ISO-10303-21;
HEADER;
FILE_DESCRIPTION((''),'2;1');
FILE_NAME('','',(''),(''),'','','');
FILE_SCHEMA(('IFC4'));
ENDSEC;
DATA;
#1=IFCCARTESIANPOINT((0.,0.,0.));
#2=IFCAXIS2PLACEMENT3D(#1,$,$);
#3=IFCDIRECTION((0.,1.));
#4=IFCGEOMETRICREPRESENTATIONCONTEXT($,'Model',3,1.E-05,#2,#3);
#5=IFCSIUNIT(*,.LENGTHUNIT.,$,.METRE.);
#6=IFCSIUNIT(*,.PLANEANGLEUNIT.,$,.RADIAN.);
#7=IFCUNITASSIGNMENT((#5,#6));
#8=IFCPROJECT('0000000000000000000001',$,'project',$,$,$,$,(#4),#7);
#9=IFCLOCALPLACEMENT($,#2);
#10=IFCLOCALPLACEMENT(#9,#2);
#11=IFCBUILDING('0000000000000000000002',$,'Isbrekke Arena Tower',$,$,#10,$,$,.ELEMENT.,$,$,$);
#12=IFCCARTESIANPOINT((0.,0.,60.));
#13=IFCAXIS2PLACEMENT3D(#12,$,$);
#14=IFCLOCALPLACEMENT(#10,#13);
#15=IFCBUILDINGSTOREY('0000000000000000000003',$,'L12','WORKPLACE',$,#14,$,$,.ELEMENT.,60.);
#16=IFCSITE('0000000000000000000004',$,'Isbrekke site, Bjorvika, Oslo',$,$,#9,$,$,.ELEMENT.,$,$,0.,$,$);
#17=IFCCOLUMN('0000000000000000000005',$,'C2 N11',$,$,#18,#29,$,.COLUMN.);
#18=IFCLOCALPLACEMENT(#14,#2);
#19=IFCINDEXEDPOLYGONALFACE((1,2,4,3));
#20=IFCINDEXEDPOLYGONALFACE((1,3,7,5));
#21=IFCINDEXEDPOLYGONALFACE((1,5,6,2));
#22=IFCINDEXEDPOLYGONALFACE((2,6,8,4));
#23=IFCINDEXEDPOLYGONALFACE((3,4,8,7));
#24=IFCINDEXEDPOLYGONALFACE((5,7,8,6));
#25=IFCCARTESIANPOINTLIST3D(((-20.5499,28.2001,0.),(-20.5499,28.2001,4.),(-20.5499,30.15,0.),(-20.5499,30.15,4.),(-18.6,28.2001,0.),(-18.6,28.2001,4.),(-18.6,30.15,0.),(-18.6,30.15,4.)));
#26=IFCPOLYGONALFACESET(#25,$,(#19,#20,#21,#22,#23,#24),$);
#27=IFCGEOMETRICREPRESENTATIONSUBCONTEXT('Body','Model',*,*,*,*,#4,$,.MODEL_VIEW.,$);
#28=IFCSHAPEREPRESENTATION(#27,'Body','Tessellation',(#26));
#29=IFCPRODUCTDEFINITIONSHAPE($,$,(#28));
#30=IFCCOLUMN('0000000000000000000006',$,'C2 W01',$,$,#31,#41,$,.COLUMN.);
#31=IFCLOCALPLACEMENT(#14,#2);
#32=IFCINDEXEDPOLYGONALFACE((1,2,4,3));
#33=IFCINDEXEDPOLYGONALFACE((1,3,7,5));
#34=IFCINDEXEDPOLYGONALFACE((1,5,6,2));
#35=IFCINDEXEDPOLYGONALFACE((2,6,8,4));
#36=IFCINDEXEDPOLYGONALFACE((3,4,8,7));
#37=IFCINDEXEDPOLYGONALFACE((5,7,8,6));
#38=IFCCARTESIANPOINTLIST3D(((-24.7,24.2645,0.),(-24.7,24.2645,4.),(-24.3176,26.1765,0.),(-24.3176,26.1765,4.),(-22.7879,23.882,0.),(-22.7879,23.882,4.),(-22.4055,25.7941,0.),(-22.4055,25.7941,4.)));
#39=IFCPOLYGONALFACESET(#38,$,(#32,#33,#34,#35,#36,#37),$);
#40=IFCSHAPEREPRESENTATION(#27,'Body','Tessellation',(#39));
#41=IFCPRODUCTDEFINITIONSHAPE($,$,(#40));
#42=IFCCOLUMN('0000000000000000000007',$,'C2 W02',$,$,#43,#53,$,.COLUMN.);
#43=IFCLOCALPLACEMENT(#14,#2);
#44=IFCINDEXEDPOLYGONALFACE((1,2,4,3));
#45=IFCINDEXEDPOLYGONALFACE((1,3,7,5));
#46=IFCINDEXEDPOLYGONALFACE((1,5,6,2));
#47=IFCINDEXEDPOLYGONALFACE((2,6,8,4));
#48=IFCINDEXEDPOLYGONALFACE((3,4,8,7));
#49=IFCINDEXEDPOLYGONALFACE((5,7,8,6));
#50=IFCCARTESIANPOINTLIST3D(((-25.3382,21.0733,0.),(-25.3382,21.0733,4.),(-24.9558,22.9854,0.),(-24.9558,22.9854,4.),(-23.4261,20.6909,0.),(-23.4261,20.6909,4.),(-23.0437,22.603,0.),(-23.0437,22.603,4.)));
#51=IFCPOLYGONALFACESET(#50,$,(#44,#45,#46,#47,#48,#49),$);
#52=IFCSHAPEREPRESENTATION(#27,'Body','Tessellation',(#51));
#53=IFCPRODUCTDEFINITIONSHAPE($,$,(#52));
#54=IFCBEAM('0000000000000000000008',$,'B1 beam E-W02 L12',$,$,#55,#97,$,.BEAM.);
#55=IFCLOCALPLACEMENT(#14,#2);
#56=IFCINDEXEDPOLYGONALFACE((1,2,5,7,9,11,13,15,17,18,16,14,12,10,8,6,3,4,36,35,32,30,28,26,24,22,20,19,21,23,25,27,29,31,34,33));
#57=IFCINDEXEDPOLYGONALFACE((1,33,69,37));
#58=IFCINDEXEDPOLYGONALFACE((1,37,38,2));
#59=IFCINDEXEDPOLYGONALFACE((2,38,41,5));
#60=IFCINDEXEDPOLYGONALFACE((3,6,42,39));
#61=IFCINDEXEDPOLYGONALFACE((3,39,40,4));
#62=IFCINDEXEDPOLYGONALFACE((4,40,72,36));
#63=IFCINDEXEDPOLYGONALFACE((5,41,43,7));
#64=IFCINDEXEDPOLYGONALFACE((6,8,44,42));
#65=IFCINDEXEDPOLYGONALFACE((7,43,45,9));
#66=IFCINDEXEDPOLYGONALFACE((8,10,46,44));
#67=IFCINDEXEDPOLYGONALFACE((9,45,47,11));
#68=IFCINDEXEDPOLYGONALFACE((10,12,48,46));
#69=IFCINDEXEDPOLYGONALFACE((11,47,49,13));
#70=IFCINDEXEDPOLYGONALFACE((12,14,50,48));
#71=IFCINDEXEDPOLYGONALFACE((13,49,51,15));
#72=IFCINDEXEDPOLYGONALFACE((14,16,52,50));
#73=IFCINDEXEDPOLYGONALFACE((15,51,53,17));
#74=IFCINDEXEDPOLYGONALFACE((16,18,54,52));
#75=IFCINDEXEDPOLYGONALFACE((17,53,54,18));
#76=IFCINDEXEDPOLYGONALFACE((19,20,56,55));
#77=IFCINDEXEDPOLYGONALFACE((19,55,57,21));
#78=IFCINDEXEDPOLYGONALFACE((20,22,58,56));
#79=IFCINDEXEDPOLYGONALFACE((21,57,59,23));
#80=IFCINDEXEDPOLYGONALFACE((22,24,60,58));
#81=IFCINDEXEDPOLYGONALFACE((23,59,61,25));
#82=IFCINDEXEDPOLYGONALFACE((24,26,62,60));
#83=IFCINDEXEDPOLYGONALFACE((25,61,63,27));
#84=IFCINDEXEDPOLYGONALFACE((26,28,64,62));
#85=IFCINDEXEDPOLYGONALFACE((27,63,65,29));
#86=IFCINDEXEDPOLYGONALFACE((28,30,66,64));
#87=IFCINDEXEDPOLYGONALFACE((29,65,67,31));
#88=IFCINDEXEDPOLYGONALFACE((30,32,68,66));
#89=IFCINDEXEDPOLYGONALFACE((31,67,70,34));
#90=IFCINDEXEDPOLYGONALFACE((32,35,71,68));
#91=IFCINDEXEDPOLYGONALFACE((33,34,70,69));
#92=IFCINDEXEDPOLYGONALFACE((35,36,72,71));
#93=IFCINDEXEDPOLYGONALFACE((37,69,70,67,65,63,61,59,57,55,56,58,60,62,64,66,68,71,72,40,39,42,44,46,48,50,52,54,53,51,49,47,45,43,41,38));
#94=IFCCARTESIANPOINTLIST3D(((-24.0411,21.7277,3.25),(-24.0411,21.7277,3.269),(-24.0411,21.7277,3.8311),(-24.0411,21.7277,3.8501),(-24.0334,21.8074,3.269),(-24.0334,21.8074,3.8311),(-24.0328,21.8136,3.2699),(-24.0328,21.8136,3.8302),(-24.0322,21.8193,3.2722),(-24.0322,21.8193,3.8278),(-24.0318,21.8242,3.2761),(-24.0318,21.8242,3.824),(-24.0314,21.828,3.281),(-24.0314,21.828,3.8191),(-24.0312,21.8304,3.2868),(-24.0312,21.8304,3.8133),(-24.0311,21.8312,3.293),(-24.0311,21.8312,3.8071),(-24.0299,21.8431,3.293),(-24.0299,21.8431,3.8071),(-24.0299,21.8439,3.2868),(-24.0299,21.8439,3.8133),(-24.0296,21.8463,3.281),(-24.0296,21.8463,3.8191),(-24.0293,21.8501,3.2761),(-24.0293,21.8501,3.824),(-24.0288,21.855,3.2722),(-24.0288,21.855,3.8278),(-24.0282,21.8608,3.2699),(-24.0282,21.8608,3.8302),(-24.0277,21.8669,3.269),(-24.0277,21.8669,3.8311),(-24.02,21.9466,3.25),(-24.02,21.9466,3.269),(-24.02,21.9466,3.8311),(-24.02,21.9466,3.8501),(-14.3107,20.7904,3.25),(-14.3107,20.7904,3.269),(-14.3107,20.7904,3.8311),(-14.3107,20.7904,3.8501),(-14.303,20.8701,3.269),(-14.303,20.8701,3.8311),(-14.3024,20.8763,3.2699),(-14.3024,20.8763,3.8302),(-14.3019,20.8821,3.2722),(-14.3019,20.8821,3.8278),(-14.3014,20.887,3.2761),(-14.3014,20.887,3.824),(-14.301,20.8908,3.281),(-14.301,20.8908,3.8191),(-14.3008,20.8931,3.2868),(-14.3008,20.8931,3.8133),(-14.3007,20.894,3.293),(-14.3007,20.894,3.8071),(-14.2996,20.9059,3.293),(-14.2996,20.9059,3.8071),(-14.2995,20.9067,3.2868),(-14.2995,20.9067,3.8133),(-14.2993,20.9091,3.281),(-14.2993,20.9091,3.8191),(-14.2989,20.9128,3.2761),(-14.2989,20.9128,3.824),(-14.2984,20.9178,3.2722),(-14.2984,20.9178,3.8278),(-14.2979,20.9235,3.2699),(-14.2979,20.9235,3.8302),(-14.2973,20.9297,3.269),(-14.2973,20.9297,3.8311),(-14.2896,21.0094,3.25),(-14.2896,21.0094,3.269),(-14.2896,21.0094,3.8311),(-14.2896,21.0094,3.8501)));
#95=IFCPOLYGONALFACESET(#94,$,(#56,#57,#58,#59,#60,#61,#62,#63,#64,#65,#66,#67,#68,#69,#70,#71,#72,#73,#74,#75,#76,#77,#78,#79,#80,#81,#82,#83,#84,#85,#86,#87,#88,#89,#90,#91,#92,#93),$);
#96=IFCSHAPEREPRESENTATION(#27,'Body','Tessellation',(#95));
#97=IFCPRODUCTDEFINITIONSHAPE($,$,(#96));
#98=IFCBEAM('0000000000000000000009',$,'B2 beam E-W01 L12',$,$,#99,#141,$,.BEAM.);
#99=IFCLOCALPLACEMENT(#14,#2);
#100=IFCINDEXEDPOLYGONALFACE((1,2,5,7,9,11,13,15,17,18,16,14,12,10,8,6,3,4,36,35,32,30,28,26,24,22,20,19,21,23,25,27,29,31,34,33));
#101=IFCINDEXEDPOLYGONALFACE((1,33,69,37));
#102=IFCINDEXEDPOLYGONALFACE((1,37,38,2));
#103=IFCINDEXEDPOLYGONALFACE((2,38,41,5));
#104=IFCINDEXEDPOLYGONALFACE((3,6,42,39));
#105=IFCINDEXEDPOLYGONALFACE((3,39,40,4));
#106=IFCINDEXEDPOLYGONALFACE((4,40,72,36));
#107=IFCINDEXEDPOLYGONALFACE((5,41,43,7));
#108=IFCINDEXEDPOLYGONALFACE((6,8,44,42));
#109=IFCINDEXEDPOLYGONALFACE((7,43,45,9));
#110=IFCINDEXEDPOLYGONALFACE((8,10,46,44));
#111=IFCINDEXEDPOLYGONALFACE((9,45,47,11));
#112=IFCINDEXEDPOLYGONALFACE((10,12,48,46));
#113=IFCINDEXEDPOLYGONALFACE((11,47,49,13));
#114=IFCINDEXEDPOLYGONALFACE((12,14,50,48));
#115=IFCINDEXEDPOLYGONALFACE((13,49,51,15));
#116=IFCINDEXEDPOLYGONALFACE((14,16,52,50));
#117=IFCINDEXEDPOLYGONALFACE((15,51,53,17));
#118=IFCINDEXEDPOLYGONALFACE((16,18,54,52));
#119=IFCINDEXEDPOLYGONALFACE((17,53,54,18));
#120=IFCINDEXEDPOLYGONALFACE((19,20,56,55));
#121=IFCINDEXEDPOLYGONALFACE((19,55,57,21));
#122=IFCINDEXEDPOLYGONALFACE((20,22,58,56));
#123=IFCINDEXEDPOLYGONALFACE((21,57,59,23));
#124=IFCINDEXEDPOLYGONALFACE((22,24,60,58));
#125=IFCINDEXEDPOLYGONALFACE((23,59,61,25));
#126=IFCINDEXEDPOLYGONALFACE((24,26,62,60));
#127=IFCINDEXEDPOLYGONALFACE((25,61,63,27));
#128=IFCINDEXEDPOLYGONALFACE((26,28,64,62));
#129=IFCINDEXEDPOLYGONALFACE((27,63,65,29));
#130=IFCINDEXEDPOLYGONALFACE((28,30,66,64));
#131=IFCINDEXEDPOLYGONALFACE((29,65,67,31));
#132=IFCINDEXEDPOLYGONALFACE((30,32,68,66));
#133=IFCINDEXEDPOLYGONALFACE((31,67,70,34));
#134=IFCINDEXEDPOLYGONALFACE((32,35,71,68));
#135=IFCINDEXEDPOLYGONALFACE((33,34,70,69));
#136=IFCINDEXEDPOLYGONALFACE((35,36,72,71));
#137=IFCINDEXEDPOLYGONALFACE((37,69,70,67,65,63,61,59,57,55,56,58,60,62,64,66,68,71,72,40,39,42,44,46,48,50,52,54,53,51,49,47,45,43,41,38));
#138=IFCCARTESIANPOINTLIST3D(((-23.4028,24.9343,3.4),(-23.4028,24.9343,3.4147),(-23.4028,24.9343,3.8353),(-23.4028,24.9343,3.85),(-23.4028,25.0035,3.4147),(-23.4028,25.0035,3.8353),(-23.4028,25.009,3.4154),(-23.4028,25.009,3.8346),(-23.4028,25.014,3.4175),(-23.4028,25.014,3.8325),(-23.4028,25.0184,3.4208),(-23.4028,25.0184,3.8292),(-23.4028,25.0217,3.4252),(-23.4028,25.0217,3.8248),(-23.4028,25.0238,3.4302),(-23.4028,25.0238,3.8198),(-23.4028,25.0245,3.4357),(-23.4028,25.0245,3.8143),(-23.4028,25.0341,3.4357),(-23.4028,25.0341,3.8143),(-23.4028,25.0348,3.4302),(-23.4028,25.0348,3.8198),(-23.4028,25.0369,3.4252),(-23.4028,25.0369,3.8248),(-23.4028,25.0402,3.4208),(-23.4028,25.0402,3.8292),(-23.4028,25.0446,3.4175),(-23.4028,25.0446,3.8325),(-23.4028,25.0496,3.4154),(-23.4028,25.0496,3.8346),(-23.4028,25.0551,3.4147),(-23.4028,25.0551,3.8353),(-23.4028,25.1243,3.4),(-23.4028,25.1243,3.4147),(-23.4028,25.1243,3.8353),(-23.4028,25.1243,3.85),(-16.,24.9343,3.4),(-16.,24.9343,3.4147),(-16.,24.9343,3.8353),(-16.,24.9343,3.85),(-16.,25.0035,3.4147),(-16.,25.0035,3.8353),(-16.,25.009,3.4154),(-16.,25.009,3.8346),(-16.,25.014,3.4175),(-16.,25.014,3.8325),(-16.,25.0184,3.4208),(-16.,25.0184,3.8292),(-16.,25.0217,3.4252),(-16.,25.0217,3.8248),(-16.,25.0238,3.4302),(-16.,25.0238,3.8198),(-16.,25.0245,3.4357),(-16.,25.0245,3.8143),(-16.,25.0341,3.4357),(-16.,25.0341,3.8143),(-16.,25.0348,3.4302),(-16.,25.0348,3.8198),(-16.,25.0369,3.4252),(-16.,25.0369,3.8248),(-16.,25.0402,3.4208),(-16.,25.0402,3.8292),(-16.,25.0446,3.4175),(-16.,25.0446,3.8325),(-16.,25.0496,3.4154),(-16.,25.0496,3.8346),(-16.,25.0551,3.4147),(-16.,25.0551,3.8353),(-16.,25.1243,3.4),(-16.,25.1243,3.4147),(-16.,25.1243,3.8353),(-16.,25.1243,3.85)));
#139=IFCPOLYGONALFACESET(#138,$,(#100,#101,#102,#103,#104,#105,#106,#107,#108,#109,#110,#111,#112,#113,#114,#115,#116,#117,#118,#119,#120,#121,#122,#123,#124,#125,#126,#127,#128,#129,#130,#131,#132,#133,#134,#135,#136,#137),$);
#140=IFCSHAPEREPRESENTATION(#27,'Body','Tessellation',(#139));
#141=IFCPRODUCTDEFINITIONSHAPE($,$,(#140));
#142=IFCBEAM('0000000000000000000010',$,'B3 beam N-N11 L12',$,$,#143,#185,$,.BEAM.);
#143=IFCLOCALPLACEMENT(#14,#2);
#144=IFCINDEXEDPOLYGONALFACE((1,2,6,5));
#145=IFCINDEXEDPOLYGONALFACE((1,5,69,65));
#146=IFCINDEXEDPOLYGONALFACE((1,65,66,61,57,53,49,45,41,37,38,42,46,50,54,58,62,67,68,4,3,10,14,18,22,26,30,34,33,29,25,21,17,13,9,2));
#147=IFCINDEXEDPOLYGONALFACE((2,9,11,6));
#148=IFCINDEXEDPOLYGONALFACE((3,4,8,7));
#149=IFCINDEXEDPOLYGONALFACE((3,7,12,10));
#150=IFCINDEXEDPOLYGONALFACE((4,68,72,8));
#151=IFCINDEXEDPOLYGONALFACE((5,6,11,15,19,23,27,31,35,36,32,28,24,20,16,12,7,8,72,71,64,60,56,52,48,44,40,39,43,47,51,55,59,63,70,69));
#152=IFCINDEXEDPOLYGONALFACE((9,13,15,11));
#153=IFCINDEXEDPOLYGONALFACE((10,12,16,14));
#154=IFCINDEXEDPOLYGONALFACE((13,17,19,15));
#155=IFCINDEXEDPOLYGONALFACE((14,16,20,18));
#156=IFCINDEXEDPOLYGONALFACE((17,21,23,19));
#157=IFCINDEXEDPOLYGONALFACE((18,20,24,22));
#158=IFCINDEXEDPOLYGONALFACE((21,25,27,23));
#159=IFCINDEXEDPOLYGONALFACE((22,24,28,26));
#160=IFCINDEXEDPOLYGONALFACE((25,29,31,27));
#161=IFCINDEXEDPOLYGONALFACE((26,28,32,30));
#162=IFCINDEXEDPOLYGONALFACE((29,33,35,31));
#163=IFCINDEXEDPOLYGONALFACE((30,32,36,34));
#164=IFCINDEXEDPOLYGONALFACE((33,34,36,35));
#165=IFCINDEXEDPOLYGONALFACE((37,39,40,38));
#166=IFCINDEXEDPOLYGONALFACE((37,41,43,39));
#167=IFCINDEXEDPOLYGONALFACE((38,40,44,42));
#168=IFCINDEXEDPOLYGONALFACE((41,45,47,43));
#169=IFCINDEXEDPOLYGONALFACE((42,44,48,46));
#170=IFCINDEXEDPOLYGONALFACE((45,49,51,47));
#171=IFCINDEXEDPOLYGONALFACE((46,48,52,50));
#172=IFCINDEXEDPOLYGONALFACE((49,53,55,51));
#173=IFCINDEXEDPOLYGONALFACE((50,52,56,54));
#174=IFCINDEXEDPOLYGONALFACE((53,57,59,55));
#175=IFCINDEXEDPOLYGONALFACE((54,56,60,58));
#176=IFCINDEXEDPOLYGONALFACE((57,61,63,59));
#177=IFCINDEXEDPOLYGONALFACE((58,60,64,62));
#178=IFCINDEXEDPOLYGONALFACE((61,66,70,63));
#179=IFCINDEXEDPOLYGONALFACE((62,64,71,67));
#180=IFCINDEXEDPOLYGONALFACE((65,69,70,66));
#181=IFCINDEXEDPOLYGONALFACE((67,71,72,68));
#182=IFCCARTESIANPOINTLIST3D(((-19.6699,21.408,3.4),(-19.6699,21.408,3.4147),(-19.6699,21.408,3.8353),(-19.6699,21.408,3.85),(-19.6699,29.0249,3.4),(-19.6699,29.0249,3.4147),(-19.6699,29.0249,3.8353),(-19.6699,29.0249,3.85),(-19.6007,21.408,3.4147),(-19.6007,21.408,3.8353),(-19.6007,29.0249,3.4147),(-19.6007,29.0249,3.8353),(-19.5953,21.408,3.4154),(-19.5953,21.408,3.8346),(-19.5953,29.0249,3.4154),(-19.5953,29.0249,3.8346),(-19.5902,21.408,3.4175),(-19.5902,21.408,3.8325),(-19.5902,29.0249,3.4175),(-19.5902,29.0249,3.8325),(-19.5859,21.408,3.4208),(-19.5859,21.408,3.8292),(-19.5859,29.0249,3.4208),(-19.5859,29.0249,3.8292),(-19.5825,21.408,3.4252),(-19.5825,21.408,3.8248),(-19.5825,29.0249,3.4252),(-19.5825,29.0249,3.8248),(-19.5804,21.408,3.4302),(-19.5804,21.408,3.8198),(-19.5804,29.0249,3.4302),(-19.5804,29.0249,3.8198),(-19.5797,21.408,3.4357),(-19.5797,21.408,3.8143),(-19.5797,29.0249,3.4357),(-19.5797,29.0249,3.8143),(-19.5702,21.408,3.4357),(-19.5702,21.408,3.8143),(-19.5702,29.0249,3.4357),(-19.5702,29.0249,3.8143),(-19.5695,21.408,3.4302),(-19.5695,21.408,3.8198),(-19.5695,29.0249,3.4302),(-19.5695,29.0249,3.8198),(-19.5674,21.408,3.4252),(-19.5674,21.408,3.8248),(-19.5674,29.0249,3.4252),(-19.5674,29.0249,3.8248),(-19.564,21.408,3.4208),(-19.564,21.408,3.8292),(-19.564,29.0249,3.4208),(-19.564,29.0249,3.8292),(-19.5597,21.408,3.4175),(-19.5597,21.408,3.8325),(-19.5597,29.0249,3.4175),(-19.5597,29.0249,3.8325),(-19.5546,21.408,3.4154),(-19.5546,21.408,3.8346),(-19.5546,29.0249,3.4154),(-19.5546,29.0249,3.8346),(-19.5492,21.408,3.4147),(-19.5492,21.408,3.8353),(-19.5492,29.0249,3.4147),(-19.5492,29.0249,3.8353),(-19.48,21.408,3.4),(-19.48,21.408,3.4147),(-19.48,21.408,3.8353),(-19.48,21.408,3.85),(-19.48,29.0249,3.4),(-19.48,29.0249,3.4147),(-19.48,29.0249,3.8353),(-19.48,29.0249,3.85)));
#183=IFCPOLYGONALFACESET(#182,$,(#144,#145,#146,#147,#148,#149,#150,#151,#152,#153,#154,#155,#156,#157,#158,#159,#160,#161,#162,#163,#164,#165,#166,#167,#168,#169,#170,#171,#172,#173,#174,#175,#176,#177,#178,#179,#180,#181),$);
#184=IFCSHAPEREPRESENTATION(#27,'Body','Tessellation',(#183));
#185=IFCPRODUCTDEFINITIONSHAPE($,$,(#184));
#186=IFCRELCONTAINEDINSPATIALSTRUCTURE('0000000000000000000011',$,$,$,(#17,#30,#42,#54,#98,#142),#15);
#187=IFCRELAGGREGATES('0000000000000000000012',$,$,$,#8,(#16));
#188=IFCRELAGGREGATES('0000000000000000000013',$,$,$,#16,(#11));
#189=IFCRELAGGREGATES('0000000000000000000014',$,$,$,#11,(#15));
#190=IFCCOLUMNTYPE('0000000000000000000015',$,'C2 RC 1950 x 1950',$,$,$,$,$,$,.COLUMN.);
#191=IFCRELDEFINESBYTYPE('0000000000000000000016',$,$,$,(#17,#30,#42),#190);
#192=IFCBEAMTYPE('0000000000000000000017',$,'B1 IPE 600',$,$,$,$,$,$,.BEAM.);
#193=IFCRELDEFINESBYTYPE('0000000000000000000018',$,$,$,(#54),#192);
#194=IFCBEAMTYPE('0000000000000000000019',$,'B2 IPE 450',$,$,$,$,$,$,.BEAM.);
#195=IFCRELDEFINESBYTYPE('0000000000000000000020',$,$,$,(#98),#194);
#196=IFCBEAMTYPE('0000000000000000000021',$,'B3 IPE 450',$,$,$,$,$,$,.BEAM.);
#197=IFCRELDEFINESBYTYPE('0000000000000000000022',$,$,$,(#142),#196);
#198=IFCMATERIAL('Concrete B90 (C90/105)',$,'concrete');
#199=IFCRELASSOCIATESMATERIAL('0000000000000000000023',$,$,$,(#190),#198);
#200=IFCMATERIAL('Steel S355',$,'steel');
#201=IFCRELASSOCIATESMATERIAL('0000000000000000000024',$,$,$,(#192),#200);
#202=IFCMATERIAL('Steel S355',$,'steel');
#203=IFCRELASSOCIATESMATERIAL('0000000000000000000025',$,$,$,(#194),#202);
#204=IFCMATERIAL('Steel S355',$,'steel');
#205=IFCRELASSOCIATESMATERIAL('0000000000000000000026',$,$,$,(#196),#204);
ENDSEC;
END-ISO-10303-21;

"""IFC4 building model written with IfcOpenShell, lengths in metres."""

from ifc_helpers import new_model, si_unit, direction, frame, origin, origin_2d, place, context, subcontext, project, spatial, rectangle, i_section, extrude, material, material_profile, profile_set, type_object, element, save


model = new_model("IFC4")

# Units and contexts
model_context = context("Model", 3, precision=1e-05, world=origin(), true_north=direction((0.0, 1.0)))
body_context = subcontext(model_context, "Body", "Model", "MODEL_VIEW")
ifc_project = project(units=[si_unit("LENGTHUNIT", "METRE"), si_unit("PLANEANGLEUNIT", "RADIAN")], contexts=[model_context])

# Site, building, storey
site_placement = place(None, origin())
site = spatial("IfcSite", under=ifc_project, at=site_placement, Name="Isbrekke site, Bjorvika, Oslo", CompositionType="ELEMENT", RefElevation=0.0)
building_placement = place(site_placement, origin())
building = spatial("IfcBuilding", under=site, at=building_placement, Name="Isbrekke Arena Tower", CompositionType="ELEMENT")
storey_placement = place(building_placement, frame((0.0, 0.0, 60.0)))
storey = spatial("IfcBuildingStorey", under=building, at=storey_placement, Name="L12", Description="WORKPLACE", CompositionType="ELEMENT", Elevation=60.0)

# Columns
ifc_material_1 = material(Name="Concrete B90 (C90/105)", Category="concrete")
ifc_material_profile_1 = material_profile(ifc_material_1, rectangle(XDim=1.95, YDim=1.95, at=origin_2d()), Name="RC 1950x1950")
ifc_profile_set_1 = profile_set([ifc_material_profile_1], Name="Concrete B90 (C90/105)")
column_type = type_object("IfcColumnType", Name="C2 RC 1950 x 1950", PredefinedType="COLUMN", material=ifc_profile_set_1)
for number, where, z_axis, x_axis, name in (
    (1, (-19.575, 29.175, 0.0), (0.0, 0.0, 1.0), (-1.0, 0.0, 0.0), "C2 N11"),
    (2, (-23.5527, 25.0293, 0.0), (0.0, 0.0, 1.0), (-0.196116, -0.980581, 0.0), "C2 W01"),
    (3, (-24.1909, 21.8381, 0.0), (0.0, 0.0, 1.0), (-0.196116, -0.980581, 0.0), "C2 W02"),
):
    element("IfcColumn", number, at=place(storey_placement, frame(where, z_axis=z_axis, x_axis=x_axis)), inside=storey, type_object=column_type, Name=name, PredefinedType="COLUMN", context=body_context, shape_type="SweptSolid", body=[
        extrude(rectangle(XDim=1.95, YDim=1.95, at=origin_2d()), origin(), (0.0, 0.0, 1.0), 4.0),
    ])

# Beams
ifc_material_2 = material(Name="Steel S355", Category="steel")
ifc_material_profile_2 = material_profile(ifc_material_2, i_section(OverallWidth=0.22, OverallDepth=0.6001, WebThickness=0.012, FlangeThickness=0.019, FilletRadius=0.0239, at=origin_2d()), Name="IPE 600")
ifc_profile_set_2 = profile_set([ifc_material_profile_2], Name="Steel S355")
beam_type_1 = type_object("IfcBeamType", Name="B1 IPE 600", PredefinedType="BEAM", material=ifc_profile_set_2)
beam_1_placement = place(storey_placement, frame((-24.0305, 21.8372, 3.55), z_axis=(0.995393, -0.095878, 0.0), x_axis=(0.095878, 0.995393, 0.0)))
element("IfcBeam", 4, at=beam_1_placement, inside=storey, type_object=beam_type_1, Name="B1 beam E-W02 L12", PredefinedType="BEAM", context=body_context, shape_type="SweptSolid", body=[
    extrude(i_section(OverallWidth=0.22, OverallDepth=0.6001, WebThickness=0.012, FlangeThickness=0.019, FilletRadius=0.0239, at=origin_2d()), origin(), (0.0, 0.0, 1.0), 9.7754),
])
ifc_material_3 = material(Name="Steel S355", Category="steel")
ifc_material_profile_3 = material_profile(ifc_material_3, i_section(OverallWidth=0.1899, OverallDepth=0.45, WebThickness=0.0095, FlangeThickness=0.0146, FilletRadius=0.021, at=origin_2d()), Name="IPE 450")
ifc_profile_set_3 = profile_set([ifc_material_profile_3], Name="Steel S355")
beam_type_2 = type_object("IfcBeamType", Name="B2 IPE 450", PredefinedType="BEAM", material=ifc_profile_set_3)
beam_2_placement = place(storey_placement, frame((-23.4028, 25.0293, 3.625), z_axis=(1.0, 0.0, 0.0), x_axis=(0.0, 1.0, 0.0)))
element("IfcBeam", 5, at=beam_2_placement, inside=storey, type_object=beam_type_2, Name="B2 beam E-W01 L12", PredefinedType="BEAM", context=body_context, shape_type="SweptSolid", body=[
    extrude(i_section(OverallWidth=0.1899, OverallDepth=0.45, WebThickness=0.0095, FlangeThickness=0.0146, FilletRadius=0.021, at=origin_2d()), origin(), (0.0, 0.0, 1.0), 7.4028),
])
ifc_material_4 = material(Name="Steel S355", Category="steel")
ifc_material_profile_4 = material_profile(ifc_material_4, i_section(OverallWidth=0.1899, OverallDepth=0.45, WebThickness=0.0095, FlangeThickness=0.0146, FilletRadius=0.021, at=origin_2d()), Name="IPE 450")
ifc_profile_set_4 = profile_set([ifc_material_profile_4], Name="Steel S355")
beam_type_3 = type_object("IfcBeamType", Name="B3 IPE 450", PredefinedType="BEAM", material=ifc_profile_set_4)
beam_3_placement = place(storey_placement, frame((-19.575, 29.0249, 3.625), z_axis=(0.0, -1.0, 0.0), x_axis=(1.0, 0.0, 0.0)))
element("IfcBeam", 6, at=beam_3_placement, inside=storey, type_object=beam_type_3, Name="B3 beam N-N11 L12", PredefinedType="BEAM", context=body_context, shape_type="SweptSolid", body=[
    extrude(i_section(OverallWidth=0.1899, OverallDepth=0.45, WebThickness=0.0095, FlangeThickness=0.0146, FilletRadius=0.021, at=origin_2d()), origin(), (0.0, 0.0, 1.0), 7.6169),
])

save(model, "model.ifc")
